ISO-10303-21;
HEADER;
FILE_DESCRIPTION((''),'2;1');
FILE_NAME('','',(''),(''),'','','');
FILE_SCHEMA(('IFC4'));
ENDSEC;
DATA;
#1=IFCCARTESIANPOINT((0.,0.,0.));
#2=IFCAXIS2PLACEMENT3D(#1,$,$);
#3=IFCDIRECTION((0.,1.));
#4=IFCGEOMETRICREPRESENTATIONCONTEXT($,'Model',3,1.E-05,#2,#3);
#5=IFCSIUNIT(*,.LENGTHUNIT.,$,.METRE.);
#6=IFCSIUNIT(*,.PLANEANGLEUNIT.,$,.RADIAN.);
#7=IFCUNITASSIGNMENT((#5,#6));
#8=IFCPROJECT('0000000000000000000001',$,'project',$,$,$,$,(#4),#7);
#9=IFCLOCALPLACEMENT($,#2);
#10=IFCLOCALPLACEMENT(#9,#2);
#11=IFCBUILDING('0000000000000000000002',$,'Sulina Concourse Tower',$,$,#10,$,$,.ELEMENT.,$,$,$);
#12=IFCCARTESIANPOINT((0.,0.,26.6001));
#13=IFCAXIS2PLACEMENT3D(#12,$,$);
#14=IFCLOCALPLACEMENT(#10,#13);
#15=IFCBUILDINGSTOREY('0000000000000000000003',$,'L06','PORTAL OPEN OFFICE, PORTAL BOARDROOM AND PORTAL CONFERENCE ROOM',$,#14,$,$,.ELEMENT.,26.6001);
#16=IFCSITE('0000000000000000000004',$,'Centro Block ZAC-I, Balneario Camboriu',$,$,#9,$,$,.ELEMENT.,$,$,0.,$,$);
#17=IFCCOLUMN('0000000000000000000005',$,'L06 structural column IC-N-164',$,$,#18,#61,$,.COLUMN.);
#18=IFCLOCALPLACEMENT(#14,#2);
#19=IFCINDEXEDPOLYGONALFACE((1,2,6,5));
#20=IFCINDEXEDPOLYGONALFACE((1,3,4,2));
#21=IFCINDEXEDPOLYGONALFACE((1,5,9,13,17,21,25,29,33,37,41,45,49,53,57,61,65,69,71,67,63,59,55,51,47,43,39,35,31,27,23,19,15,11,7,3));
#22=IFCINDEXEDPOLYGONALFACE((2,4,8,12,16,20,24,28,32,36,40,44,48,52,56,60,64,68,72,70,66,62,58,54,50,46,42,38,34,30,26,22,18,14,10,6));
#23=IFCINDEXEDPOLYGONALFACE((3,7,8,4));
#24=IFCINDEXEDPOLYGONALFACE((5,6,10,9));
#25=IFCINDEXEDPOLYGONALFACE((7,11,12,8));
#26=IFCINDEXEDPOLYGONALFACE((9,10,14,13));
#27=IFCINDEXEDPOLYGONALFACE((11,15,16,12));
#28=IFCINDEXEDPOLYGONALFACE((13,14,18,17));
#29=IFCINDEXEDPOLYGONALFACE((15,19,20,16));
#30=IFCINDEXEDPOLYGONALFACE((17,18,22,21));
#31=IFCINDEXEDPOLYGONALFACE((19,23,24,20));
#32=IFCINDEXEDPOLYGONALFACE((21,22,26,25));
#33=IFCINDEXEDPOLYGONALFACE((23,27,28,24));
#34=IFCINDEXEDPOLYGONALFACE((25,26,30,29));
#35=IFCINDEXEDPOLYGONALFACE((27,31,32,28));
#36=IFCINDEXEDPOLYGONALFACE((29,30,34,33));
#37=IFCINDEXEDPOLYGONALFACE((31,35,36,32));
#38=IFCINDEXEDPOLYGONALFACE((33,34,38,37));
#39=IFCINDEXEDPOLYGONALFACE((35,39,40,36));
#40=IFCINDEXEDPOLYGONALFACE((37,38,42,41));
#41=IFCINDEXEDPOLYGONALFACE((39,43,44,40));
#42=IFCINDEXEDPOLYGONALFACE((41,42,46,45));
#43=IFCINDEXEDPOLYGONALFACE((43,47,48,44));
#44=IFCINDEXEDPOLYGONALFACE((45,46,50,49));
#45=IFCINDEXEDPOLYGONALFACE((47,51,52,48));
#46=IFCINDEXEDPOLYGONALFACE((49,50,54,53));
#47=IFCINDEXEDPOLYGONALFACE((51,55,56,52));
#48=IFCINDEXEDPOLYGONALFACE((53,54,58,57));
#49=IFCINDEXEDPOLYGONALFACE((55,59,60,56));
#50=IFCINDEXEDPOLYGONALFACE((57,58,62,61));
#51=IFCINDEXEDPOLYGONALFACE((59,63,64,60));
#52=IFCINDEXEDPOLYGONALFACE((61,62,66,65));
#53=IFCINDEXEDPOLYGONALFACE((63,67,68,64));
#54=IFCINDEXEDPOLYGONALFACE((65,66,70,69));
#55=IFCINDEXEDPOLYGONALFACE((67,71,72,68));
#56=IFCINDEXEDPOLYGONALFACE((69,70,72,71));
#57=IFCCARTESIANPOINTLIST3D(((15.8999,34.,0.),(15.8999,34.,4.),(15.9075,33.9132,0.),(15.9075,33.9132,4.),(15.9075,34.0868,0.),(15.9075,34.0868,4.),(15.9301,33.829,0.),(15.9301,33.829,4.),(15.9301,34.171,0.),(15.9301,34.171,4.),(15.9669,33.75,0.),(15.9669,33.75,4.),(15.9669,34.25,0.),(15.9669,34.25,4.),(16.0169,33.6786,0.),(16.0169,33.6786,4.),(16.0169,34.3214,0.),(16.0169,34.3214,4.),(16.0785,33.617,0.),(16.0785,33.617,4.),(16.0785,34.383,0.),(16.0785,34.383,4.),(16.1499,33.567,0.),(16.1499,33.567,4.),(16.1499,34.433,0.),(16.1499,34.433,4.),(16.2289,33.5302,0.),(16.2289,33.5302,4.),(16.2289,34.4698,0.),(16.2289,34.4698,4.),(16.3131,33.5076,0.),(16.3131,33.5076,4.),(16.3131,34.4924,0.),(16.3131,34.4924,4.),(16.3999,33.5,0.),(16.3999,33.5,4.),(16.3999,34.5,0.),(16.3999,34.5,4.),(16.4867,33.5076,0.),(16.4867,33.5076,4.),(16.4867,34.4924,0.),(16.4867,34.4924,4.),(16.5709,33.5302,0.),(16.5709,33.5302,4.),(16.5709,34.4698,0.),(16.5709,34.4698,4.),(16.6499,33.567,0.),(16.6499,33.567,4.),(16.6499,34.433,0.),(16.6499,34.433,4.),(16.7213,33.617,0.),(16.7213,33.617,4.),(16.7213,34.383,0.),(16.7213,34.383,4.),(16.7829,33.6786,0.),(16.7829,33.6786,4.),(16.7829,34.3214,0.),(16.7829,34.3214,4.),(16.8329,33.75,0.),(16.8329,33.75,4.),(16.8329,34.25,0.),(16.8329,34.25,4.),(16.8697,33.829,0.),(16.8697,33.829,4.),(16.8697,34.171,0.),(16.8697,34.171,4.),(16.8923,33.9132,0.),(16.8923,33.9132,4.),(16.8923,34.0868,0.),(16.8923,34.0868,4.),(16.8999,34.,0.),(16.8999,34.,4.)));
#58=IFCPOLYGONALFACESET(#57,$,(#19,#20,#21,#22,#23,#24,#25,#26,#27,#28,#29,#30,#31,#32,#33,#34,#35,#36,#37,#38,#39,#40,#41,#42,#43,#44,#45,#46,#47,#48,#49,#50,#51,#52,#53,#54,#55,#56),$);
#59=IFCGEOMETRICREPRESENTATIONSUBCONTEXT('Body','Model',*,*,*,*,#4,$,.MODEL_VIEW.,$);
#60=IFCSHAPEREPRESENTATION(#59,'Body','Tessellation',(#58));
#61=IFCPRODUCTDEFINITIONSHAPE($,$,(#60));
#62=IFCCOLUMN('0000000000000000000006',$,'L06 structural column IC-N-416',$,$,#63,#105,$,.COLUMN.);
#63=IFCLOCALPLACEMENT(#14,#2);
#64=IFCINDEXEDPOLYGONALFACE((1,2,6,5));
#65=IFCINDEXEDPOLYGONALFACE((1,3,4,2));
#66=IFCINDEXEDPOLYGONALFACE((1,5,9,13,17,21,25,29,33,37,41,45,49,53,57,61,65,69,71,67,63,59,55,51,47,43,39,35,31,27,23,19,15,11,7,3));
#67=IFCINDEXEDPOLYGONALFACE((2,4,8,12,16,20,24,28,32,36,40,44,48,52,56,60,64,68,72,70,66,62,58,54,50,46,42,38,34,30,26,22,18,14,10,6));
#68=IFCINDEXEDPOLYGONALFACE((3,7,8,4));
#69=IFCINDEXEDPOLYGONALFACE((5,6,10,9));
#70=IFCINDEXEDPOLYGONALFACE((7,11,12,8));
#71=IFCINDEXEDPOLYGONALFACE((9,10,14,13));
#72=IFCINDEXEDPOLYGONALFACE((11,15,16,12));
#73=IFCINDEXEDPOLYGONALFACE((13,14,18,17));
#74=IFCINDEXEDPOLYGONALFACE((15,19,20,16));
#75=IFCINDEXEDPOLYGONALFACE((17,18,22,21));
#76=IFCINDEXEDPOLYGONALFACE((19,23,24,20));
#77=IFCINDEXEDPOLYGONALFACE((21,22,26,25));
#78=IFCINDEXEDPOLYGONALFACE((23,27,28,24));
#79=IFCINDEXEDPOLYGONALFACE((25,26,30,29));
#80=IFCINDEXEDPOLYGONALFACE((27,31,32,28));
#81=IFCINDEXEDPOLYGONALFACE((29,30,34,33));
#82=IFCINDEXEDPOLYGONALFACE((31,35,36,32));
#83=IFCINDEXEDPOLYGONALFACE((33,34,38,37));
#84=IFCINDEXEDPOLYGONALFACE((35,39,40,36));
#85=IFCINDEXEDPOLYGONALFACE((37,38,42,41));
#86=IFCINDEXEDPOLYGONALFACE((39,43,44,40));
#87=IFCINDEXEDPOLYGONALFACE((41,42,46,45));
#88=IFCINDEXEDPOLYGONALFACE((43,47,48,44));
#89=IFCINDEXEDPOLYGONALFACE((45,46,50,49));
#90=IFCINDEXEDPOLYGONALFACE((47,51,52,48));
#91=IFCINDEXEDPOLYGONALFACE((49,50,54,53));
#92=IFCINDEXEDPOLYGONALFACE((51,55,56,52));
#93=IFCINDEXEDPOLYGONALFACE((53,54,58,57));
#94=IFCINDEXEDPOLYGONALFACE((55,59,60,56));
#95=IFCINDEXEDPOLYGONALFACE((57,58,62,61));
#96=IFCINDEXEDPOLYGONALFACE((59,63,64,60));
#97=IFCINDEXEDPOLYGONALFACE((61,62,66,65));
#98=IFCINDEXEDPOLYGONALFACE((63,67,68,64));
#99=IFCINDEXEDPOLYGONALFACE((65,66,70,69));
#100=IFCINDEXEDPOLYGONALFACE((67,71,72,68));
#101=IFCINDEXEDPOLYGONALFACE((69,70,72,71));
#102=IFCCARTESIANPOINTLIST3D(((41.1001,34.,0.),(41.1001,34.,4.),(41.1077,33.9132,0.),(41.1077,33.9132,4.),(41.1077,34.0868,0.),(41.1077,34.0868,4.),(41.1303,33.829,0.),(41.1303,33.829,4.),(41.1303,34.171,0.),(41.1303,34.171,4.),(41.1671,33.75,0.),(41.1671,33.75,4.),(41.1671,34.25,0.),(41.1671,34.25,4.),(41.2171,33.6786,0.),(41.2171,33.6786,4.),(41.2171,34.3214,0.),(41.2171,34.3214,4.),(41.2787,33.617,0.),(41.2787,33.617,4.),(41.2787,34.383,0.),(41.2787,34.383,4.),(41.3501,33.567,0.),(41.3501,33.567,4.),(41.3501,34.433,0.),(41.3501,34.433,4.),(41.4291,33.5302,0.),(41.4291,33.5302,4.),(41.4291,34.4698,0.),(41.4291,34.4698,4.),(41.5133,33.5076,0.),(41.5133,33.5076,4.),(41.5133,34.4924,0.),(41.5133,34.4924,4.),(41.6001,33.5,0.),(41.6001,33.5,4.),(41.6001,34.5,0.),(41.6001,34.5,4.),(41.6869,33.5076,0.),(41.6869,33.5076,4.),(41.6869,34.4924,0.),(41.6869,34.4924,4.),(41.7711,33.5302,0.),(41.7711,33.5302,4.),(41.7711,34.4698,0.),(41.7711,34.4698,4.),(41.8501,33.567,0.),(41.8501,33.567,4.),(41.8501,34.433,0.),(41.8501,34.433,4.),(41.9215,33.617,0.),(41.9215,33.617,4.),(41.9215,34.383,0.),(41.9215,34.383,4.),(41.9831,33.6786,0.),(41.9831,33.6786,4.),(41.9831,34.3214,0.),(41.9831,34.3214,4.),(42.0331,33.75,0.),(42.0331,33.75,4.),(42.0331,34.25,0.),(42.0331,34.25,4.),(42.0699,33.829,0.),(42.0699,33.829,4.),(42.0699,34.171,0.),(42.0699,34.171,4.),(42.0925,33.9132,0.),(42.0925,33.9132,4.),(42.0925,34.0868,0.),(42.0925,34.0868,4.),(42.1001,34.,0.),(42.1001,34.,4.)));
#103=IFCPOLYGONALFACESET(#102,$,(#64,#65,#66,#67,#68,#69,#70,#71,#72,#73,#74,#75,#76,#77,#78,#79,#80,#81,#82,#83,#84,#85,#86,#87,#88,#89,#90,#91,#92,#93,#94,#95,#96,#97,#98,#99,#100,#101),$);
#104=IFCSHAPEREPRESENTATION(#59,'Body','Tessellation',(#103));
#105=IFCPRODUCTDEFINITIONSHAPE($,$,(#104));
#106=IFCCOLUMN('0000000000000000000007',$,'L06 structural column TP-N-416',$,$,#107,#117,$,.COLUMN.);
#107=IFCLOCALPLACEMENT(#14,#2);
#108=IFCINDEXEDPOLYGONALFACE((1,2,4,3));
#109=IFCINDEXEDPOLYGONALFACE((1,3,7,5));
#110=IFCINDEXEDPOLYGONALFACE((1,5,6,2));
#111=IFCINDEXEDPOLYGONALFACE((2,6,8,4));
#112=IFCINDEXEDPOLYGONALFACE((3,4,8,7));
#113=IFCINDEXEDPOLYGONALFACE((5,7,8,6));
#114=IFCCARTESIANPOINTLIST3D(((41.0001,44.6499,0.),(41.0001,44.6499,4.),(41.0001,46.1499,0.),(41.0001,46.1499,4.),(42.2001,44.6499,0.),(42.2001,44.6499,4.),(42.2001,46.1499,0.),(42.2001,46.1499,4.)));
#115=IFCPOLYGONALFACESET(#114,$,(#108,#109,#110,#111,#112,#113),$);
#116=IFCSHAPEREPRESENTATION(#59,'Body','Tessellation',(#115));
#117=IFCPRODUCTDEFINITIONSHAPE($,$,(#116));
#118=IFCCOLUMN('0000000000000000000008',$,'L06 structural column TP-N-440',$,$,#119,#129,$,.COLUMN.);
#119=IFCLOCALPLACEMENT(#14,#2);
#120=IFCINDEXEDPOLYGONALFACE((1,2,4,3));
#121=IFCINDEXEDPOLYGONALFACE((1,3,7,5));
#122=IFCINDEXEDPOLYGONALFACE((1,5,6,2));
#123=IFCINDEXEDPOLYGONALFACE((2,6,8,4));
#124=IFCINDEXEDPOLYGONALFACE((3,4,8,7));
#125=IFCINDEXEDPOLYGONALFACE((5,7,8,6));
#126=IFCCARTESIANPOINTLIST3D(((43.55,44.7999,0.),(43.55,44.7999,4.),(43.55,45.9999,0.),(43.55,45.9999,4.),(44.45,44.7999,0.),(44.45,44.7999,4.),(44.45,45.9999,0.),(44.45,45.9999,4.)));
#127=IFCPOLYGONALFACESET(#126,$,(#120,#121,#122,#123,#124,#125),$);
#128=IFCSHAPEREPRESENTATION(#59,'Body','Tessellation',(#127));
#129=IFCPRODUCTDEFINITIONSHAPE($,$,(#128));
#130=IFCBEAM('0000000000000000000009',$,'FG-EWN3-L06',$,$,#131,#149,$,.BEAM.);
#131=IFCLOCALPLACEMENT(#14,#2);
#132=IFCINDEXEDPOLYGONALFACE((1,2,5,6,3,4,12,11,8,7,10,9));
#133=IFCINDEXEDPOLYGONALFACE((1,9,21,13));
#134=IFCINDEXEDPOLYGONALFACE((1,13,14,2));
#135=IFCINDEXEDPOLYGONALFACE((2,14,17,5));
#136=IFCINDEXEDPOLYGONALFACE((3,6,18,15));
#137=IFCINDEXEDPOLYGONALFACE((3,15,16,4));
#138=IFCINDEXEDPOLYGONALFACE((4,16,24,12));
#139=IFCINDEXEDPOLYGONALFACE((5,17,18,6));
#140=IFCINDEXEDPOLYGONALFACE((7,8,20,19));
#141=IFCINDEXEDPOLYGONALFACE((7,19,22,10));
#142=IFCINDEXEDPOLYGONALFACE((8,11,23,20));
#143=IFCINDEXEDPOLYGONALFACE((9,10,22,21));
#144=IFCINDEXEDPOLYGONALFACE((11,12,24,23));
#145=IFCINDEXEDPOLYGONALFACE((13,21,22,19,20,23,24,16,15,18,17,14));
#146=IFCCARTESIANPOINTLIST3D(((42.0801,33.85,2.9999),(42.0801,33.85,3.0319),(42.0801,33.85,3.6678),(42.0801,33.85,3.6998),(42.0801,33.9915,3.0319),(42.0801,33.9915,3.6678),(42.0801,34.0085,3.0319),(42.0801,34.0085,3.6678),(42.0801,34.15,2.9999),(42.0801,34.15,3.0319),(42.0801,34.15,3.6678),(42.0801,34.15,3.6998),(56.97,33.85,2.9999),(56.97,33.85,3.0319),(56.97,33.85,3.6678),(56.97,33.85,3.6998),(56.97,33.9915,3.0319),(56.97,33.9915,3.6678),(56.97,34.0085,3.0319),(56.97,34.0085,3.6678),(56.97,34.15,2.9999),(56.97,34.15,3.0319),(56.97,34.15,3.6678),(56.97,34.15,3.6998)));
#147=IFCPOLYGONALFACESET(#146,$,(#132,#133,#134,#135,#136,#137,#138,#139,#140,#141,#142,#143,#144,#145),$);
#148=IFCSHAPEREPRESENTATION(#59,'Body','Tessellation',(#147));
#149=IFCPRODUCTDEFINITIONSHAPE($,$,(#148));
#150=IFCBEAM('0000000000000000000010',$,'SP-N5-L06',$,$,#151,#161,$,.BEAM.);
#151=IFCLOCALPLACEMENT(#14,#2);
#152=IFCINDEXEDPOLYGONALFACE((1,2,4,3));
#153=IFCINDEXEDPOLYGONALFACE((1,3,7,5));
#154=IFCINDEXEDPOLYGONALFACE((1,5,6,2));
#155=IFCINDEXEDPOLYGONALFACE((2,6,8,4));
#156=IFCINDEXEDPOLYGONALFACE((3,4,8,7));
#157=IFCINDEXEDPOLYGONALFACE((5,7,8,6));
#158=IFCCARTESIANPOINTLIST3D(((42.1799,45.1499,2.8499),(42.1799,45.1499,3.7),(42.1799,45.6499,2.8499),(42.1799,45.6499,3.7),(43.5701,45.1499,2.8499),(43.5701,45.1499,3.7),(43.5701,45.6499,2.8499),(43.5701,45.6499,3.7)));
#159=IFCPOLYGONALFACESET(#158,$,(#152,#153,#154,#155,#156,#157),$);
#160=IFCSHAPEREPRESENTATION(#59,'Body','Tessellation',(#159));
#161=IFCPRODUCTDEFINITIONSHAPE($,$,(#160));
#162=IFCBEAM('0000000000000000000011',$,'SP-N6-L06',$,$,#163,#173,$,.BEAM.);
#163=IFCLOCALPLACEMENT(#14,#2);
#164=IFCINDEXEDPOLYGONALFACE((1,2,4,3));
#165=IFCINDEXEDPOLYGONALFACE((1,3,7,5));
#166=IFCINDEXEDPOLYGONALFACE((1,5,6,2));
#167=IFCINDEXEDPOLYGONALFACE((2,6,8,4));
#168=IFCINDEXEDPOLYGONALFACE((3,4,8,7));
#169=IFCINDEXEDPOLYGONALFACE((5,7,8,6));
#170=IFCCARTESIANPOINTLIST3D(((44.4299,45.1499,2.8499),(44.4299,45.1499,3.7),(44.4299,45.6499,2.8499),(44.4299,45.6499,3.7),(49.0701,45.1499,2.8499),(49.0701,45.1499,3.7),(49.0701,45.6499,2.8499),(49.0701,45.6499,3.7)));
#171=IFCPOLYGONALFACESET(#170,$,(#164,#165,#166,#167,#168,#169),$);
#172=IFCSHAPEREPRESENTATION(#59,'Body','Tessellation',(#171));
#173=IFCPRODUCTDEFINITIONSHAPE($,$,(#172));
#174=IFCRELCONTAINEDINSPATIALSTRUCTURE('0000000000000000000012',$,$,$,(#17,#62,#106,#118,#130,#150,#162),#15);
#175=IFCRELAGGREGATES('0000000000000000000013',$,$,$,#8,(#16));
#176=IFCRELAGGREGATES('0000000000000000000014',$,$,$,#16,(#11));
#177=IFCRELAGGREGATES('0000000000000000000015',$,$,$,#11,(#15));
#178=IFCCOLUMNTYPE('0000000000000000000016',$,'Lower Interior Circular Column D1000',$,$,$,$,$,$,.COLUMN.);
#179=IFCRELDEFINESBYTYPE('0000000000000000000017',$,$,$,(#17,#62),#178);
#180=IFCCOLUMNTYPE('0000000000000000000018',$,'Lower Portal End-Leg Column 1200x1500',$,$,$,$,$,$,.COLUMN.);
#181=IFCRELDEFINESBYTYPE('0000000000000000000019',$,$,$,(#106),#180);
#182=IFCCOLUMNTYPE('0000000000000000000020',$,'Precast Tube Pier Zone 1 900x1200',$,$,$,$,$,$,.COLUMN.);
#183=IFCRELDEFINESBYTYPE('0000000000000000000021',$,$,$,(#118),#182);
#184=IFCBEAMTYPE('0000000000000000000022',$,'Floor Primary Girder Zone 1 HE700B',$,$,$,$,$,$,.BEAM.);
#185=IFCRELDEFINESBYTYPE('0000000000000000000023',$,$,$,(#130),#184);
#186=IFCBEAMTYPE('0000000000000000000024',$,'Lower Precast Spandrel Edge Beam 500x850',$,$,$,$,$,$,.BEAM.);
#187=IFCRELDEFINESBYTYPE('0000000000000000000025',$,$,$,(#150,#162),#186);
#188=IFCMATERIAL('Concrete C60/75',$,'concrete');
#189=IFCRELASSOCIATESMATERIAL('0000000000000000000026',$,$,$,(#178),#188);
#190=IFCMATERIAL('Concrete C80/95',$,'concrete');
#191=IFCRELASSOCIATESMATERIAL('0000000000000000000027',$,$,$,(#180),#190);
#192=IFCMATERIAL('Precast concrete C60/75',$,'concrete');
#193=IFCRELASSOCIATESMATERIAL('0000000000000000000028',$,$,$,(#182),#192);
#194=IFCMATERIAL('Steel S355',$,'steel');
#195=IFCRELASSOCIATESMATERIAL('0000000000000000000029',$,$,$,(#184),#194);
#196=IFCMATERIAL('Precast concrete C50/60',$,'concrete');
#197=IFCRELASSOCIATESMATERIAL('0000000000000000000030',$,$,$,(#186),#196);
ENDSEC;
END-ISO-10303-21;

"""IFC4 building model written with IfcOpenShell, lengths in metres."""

from ifc_helpers import new_model, si_unit, direction, frame, origin, origin_2d, place, context, subcontext, project, spatial, rectangle, circle, i_section, extrude, material, material_profile, profile_set, type_object, element, save


model = new_model("IFC4")

# Units and contexts
model_context = context("Model", 3, precision=1e-05, world=origin(), true_north=direction((0.0, 1.0)))
body_context = subcontext(model_context, "Body", "Model", "MODEL_VIEW")
ifc_project = project(units=[si_unit("LENGTHUNIT", "METRE"), si_unit("PLANEANGLEUNIT", "RADIAN")], contexts=[model_context])

# Site, building, storey
site_placement = place(None, origin())
site = spatial("IfcSite", under=ifc_project, at=site_placement, Name="Centro Block ZAC-I, Balneario Camboriu", CompositionType="ELEMENT", RefElevation=0.0)
building_placement = place(site_placement, origin())
building = spatial("IfcBuilding", under=site, at=building_placement, Name="Sulina Concourse Tower", CompositionType="ELEMENT")
storey_placement = place(building_placement, frame((0.0, 0.0, 26.6001)))
storey = spatial("IfcBuildingStorey", under=building, at=storey_placement, Name="L06", Description="PORTAL OPEN OFFICE, PORTAL BOARDROOM AND PORTAL CONFERENCE ROOM", CompositionType="ELEMENT", Elevation=26.6001)

# Columns
ifc_material_1 = material(Name="Concrete C60/75", Category="concrete")
ifc_material_profile_1 = material_profile(ifc_material_1, circle(Radius=0.5, at=origin_2d()), Name="RC D1000")
ifc_profile_set_1 = profile_set([ifc_material_profile_1], Name="Concrete C60/75")
column_type_1 = type_object("IfcColumnType", Name="Lower Interior Circular Column D1000", PredefinedType="COLUMN", material=ifc_profile_set_1)
for number, where, z_axis, x_axis, name in (
    (1, (16.3999, 34.0, 0.0), (0.0, 0.0, 1.0), (1.0, 0.0, 0.0), "L06 structural column IC-N-164"),
    (2, (41.6001, 34.0, 0.0), (0.0, 0.0, 1.0), (1.0, 0.0, 0.0), "L06 structural column IC-N-416"),
):
    element("IfcColumn", number, at=place(storey_placement, frame(where, z_axis=z_axis, x_axis=x_axis)), inside=storey, type_object=column_type_1, Name=name, PredefinedType="COLUMN", context=body_context, shape_type="SweptSolid", body=[
        extrude(circle(Radius=0.5, at=origin_2d()), origin(), (0.0, 0.0, 1.0), 4.0),
    ])
ifc_material_2 = material(Name="Concrete C80/95", Category="concrete")
ifc_material_profile_2 = material_profile(ifc_material_2, rectangle(XDim=1.2, YDim=1.5, at=origin_2d()), Name="RC 1200x1500")
ifc_profile_set_2 = profile_set([ifc_material_profile_2], Name="Concrete C80/95")
column_type_2 = type_object("IfcColumnType", Name="Lower Portal End-Leg Column 1200x1500", PredefinedType="COLUMN", material=ifc_profile_set_2)
column_1_placement = place(storey_placement, frame((41.6001, 45.3999, 0.0), z_axis=(0.0, 0.0, 1.0), x_axis=(1.0, 0.0, 0.0)))
element("IfcColumn", 3, at=column_1_placement, inside=storey, type_object=column_type_2, Name="L06 structural column TP-N-416", PredefinedType="COLUMN", context=body_context, shape_type="SweptSolid", body=[
    extrude(rectangle(XDim=1.2, YDim=1.5, at=origin_2d()), origin(), (0.0, 0.0, 1.0), 4.0),
])
ifc_material_3 = material(Name="Precast concrete C60/75", Category="concrete")
ifc_material_profile_3 = material_profile(ifc_material_3, rectangle(XDim=0.8999, YDim=1.2, at=origin_2d()), Name="PC 900x1200")
ifc_profile_set_3 = profile_set([ifc_material_profile_3], Name="Precast concrete C60/75")
column_type_3 = type_object("IfcColumnType", Name="Precast Tube Pier Zone 1 900x1200", PredefinedType="COLUMN", material=ifc_profile_set_3)
column_2_placement = place(storey_placement, frame((44.0, 45.3999, 0.0), z_axis=(0.0, 0.0, 1.0), x_axis=(1.0, 0.0, 0.0)))
element("IfcColumn", 4, at=column_2_placement, inside=storey, type_object=column_type_3, Name="L06 structural column TP-N-440", PredefinedType="COLUMN", context=body_context, shape_type="SweptSolid", body=[
    extrude(rectangle(XDim=0.8999, YDim=1.2, at=origin_2d()), origin(), (0.0, 0.0, 1.0), 4.0),
])

# Beams
ifc_material_4 = material(Name="Steel S355", Category="steel")
ifc_material_profile_4 = material_profile(ifc_material_4, i_section(OverallWidth=0.3, OverallDepth=0.7, WebThickness=0.0171, FlangeThickness=0.032, at=origin_2d()), Name="HE 700 B")
ifc_profile_set_4 = profile_set([ifc_material_profile_4], Name="Steel S355")
beam_type_1 = type_object("IfcBeamType", Name="Floor Primary Girder Zone 1 HE700B", PredefinedType="BEAM", material=ifc_profile_set_4)
beam_1_placement = place(storey_placement, frame((42.0801, 34.0, 3.3499), z_axis=(1.0, 0.0, 0.0), x_axis=(0.0, 1.0, 0.0)))
element("IfcBeam", 5, at=beam_1_placement, inside=storey, type_object=beam_type_1, Name="FG-EWN3-L06", PredefinedType="BEAM", context=body_context, shape_type="SweptSolid", body=[
    extrude(i_section(OverallWidth=0.3, OverallDepth=0.7, WebThickness=0.0171, FlangeThickness=0.032, at=origin_2d()), origin(), (0.0, 0.0, 1.0), 14.8899),
])
ifc_material_5 = material(Name="Precast concrete C50/60", Category="concrete")
ifc_material_profile_5 = material_profile(ifc_material_5, rectangle(XDim=0.5, YDim=0.8501, at=origin_2d()), Name="RC 500x850")
ifc_profile_set_5 = profile_set([ifc_material_profile_5], Name="Precast concrete C50/60")
beam_type_2 = type_object("IfcBeamType", Name="Lower Precast Spandrel Edge Beam 500x850", PredefinedType="BEAM", material=ifc_profile_set_5)
beam_2_placement = place(storey_placement, frame((42.1799, 45.3999, 3.2749), z_axis=(1.0, 0.0, 0.0), x_axis=(0.0, 1.0, 0.0)))
element("IfcBeam", 6, at=beam_2_placement, inside=storey, type_object=beam_type_2, Name="SP-N5-L06", PredefinedType="BEAM", context=body_context, shape_type="SweptSolid", body=[
    extrude(rectangle(XDim=0.5, YDim=0.8501, at=origin_2d()), origin(), (0.0, 0.0, 1.0), 1.3901),
])
beam_3_placement = place(storey_placement, frame((44.4299, 45.3999, 3.2749), z_axis=(1.0, 0.0, 0.0), x_axis=(0.0, 1.0, 0.0)))
element("IfcBeam", 7, at=beam_3_placement, inside=storey, type_object=beam_type_2, Name="SP-N6-L06", PredefinedType="BEAM", context=body_context, shape_type="SweptSolid", body=[
    extrude(rectangle(XDim=0.5, YDim=0.8501, at=origin_2d()), origin(), (0.0, 0.0, 1.0), 4.6401),
])

save(model, "model.ifc")
